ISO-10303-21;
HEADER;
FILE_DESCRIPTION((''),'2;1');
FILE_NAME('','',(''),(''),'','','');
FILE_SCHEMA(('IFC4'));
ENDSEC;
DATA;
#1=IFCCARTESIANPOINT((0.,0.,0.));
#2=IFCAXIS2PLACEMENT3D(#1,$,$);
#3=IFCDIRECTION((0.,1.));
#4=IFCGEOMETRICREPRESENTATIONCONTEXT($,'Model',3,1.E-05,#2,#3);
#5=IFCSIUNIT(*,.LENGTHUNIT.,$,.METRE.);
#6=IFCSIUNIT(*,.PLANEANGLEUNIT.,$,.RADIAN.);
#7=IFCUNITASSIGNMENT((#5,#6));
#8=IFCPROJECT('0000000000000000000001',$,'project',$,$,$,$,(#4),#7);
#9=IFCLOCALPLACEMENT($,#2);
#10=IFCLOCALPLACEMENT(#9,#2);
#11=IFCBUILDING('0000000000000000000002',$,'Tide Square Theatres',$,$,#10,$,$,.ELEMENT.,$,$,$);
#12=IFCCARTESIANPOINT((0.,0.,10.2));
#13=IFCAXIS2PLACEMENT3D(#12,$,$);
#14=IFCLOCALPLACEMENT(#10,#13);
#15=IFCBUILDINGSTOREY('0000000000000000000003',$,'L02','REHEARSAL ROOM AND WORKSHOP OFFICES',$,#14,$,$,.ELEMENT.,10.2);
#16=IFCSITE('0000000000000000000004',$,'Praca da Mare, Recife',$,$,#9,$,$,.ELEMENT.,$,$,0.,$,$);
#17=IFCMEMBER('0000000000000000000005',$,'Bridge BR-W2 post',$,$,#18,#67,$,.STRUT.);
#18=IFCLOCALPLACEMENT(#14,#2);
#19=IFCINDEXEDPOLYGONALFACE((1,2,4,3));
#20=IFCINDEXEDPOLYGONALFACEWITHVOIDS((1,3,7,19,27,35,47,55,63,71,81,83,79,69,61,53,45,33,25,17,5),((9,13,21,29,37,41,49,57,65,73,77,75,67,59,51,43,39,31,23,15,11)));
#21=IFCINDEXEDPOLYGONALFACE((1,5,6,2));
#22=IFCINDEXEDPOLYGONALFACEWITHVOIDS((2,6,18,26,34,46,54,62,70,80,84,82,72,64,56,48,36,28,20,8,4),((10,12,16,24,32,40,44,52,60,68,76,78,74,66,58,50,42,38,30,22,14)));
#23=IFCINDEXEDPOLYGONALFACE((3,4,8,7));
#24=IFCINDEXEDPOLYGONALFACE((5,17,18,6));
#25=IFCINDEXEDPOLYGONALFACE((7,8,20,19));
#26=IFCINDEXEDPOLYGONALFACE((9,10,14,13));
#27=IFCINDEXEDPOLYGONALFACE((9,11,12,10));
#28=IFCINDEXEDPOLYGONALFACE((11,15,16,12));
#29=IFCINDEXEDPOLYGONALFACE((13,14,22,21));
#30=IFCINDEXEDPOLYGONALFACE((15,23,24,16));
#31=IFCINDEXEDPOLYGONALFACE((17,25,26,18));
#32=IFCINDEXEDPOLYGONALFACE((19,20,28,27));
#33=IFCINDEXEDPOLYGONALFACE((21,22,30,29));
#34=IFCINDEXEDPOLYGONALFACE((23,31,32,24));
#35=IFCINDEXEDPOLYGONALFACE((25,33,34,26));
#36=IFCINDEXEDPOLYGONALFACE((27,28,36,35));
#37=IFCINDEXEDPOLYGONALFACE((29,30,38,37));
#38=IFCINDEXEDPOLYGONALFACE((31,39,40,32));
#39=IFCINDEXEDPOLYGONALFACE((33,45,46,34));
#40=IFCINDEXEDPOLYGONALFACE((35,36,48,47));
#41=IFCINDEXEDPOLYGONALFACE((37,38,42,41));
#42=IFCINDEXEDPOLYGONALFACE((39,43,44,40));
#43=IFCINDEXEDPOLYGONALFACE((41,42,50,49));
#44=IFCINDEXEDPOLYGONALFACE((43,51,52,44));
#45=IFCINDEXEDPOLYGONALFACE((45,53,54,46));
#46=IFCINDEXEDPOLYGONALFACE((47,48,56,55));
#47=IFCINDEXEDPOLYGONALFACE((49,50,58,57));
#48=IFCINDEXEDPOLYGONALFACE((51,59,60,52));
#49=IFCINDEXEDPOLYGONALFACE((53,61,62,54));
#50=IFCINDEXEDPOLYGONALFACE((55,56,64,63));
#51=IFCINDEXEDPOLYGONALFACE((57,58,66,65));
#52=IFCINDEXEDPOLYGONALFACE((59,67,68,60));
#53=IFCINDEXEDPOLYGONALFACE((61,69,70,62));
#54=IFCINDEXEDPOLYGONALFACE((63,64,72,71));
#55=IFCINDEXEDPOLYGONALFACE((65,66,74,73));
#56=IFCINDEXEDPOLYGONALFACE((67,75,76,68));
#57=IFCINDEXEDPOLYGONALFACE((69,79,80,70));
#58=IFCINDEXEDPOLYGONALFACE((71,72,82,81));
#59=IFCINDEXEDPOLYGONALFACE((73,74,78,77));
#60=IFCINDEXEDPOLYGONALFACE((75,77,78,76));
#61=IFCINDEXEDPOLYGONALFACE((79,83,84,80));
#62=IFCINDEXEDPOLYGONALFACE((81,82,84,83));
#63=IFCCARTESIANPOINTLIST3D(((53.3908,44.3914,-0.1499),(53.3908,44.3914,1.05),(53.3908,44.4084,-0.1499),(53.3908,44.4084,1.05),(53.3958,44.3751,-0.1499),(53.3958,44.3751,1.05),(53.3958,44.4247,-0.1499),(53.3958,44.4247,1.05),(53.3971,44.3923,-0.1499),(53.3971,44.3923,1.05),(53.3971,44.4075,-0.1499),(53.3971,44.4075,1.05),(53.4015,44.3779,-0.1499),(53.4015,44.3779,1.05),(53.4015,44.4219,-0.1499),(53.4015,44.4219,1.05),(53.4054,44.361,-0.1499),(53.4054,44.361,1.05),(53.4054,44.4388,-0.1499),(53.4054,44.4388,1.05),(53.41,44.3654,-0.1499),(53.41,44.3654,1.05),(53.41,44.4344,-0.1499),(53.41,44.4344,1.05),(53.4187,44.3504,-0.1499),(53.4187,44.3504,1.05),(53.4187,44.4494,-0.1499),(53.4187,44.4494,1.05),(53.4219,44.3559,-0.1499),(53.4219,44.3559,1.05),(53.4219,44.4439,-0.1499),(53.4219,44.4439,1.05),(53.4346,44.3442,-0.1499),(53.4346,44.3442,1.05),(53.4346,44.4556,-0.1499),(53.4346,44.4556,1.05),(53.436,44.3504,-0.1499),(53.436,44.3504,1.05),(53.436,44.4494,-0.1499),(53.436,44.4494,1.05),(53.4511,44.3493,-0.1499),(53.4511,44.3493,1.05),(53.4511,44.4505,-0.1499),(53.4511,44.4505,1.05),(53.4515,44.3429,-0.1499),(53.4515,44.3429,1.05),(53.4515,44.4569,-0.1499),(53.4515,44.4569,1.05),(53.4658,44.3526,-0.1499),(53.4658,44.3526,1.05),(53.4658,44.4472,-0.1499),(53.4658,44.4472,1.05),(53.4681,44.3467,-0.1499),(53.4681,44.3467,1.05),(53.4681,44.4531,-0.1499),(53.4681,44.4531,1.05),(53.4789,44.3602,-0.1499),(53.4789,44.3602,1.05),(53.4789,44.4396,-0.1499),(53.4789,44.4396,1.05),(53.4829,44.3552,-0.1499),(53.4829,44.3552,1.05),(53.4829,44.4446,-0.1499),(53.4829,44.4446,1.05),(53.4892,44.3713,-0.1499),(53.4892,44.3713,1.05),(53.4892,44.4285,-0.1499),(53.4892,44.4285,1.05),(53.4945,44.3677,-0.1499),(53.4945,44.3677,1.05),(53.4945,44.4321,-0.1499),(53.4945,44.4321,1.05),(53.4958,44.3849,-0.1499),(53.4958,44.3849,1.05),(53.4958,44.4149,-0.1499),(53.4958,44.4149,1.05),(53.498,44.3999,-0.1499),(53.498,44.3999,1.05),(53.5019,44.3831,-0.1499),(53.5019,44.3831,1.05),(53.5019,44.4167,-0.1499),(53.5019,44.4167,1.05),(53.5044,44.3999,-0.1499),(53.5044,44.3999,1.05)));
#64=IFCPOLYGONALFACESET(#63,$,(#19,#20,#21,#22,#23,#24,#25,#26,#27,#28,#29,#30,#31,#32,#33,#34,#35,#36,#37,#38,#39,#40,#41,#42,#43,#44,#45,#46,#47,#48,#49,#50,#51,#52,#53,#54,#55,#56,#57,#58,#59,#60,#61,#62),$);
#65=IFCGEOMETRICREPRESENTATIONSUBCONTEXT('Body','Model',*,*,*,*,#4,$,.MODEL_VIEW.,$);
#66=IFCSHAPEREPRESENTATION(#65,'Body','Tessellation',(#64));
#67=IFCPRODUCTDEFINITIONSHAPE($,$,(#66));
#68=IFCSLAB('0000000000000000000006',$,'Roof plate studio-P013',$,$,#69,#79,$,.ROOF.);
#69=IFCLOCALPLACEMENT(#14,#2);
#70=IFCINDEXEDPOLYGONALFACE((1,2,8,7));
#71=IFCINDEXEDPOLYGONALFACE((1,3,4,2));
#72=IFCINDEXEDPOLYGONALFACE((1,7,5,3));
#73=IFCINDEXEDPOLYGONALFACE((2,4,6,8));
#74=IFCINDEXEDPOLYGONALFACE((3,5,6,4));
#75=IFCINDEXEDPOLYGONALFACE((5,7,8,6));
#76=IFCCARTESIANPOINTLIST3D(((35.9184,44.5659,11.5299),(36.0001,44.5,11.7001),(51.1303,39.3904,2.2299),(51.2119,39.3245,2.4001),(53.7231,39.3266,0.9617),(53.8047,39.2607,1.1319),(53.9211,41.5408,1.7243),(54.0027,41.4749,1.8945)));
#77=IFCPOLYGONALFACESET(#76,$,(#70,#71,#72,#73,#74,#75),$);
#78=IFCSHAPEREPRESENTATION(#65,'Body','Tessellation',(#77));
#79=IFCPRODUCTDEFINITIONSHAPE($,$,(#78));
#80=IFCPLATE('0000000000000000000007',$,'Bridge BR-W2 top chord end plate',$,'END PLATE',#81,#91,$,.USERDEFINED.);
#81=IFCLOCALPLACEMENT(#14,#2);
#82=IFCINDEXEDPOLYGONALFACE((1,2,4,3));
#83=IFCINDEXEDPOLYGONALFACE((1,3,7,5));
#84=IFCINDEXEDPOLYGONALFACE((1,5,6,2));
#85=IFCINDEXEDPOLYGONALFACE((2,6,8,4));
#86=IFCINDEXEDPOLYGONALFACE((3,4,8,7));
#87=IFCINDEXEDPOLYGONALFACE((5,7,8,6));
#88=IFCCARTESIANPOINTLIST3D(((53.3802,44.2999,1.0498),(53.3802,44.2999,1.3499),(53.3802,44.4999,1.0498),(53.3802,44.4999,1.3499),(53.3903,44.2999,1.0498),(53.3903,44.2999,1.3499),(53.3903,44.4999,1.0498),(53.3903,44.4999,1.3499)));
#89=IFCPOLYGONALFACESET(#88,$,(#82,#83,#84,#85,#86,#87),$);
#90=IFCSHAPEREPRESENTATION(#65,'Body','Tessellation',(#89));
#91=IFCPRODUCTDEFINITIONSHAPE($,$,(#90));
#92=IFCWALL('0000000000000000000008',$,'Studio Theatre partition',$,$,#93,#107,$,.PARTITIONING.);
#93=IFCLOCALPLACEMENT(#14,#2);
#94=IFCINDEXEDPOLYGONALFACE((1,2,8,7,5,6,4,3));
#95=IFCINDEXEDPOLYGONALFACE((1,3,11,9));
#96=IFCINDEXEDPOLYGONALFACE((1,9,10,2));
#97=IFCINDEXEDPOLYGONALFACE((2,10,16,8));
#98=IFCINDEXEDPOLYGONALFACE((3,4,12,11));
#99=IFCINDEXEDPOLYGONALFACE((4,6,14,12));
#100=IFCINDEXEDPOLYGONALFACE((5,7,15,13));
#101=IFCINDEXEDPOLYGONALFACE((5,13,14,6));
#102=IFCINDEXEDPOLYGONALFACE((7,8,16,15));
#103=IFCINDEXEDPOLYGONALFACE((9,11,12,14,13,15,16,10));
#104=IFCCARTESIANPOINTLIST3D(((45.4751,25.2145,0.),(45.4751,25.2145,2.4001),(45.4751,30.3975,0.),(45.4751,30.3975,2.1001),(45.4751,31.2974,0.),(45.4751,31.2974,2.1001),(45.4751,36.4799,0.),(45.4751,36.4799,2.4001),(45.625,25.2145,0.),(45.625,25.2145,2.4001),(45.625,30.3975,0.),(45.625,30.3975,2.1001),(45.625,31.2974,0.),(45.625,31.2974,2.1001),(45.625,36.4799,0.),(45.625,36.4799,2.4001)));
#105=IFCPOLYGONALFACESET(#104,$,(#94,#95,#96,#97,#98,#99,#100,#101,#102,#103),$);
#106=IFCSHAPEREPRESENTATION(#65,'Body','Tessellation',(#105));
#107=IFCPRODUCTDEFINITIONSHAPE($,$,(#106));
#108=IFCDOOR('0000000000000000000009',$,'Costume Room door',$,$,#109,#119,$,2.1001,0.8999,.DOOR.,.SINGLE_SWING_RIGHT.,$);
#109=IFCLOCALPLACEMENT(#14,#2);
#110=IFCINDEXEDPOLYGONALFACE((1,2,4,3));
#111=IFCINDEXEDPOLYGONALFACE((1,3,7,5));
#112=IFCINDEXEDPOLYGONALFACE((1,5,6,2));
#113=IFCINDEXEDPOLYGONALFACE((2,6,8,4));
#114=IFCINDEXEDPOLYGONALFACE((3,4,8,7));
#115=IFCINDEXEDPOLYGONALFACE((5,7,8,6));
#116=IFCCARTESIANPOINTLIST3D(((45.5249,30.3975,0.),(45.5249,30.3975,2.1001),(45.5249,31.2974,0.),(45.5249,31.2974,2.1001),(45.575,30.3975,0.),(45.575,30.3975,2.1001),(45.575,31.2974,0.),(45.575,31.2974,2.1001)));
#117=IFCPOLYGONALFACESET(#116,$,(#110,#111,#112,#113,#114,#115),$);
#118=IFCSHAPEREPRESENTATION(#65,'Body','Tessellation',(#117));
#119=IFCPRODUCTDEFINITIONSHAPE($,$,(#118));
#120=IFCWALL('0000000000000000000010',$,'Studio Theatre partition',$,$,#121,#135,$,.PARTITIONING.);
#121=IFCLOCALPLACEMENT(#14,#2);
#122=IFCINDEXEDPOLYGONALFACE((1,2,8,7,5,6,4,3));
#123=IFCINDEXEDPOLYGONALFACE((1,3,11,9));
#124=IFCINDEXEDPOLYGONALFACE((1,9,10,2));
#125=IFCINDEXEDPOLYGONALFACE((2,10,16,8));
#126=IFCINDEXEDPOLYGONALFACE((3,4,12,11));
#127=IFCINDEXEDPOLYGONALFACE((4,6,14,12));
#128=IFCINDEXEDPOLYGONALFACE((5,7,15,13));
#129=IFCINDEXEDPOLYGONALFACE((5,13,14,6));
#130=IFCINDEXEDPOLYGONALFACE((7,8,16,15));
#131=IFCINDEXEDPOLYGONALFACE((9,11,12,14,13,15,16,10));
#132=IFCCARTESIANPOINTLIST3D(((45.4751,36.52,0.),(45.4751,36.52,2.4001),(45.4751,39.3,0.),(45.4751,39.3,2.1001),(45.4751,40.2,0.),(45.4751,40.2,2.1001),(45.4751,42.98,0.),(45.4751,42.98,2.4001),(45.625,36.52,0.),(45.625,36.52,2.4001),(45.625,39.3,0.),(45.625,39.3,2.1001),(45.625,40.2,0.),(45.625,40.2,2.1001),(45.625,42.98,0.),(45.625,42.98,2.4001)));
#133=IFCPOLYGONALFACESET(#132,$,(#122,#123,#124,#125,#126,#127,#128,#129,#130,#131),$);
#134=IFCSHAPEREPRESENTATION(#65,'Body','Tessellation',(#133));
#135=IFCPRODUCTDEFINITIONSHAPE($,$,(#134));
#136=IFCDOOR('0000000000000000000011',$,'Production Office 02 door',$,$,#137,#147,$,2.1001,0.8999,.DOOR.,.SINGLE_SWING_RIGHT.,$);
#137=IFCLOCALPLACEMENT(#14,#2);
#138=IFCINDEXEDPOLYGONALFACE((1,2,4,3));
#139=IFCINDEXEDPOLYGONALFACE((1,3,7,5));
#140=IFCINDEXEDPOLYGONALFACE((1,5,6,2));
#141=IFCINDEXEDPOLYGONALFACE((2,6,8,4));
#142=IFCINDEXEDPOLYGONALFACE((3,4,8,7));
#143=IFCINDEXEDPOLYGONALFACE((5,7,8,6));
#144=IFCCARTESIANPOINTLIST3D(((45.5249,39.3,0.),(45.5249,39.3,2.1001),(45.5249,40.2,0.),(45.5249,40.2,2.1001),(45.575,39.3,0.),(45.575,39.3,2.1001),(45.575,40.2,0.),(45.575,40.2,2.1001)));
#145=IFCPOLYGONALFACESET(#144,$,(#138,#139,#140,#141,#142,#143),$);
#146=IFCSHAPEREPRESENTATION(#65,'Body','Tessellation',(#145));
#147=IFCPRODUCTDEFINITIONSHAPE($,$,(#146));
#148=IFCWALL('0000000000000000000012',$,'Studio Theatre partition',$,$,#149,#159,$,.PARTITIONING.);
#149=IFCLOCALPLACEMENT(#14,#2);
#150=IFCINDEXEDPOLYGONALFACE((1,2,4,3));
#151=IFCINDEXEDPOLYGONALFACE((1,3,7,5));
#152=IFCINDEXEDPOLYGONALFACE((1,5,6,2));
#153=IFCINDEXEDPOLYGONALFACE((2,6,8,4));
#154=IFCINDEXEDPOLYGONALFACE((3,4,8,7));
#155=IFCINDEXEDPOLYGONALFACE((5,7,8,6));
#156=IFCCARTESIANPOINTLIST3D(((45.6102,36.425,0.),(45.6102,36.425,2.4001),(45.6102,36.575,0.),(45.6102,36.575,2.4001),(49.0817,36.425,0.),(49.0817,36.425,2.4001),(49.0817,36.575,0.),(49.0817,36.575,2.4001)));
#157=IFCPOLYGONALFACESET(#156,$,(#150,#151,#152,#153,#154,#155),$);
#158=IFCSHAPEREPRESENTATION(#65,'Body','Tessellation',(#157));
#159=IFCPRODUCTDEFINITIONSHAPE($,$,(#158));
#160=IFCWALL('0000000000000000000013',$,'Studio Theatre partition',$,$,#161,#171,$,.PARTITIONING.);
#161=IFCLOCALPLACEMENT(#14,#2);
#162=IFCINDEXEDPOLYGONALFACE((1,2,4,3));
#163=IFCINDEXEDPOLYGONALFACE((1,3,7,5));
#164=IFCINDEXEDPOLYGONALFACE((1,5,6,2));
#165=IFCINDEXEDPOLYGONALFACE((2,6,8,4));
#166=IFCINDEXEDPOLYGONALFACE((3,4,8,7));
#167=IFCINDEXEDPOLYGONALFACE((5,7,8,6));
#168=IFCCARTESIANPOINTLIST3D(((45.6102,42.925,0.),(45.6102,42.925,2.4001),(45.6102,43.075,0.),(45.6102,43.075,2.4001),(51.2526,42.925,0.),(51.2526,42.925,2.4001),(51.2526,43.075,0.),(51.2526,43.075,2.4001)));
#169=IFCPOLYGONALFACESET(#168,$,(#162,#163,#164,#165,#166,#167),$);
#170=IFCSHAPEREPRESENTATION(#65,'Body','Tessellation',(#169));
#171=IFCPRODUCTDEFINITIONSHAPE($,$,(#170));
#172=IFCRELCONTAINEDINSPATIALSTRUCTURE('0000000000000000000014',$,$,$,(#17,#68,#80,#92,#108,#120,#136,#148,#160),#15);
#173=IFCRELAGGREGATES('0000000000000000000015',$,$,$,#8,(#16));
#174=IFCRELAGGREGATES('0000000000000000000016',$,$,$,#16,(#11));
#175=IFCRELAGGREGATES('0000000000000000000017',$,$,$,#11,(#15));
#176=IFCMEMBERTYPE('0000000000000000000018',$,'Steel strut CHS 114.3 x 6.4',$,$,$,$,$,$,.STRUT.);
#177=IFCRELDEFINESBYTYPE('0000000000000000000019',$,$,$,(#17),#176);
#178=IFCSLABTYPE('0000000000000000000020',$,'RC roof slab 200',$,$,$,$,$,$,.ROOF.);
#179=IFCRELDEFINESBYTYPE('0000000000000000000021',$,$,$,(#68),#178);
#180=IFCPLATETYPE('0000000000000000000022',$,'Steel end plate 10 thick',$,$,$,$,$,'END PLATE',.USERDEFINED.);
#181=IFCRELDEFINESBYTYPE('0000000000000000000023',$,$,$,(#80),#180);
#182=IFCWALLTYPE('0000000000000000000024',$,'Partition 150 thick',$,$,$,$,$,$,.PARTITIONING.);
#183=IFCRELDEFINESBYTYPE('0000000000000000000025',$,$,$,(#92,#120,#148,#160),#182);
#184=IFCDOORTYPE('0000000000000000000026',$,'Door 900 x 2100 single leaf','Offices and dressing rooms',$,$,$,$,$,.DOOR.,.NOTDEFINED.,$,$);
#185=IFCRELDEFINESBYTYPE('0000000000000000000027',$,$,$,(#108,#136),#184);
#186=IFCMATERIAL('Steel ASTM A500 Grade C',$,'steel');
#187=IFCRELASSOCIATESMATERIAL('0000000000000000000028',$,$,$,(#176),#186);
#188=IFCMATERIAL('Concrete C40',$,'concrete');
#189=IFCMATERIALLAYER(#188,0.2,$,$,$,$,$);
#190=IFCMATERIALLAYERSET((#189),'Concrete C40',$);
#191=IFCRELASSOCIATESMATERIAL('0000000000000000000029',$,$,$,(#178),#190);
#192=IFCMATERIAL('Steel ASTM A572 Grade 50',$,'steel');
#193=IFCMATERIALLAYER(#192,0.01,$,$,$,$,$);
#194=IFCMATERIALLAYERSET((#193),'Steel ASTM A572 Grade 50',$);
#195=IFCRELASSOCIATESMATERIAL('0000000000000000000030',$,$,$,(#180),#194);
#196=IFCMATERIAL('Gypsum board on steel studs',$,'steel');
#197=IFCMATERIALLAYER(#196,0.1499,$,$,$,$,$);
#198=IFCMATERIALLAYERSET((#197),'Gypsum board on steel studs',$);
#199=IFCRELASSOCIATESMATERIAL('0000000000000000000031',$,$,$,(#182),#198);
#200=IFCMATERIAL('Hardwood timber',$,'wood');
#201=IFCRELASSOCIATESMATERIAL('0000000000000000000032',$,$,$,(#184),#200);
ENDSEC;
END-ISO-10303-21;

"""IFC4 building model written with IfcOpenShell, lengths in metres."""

from ifc_helpers import new_model, si_unit, direction, frame, frame_2d, origin, origin_2d, place, context, subcontext, project, spatial, polyline, rectangle, hollow_circle, outline, extrude, material, layer, layer_set, material_profile, profile_set, type_object, element, fill, save


model = new_model("IFC4")

# Units and contexts
model_context = context("Model", 3, precision=1e-05, world=origin(), true_north=direction((0.0, 1.0)))
body_context = subcontext(model_context, "Body", "Model", "MODEL_VIEW")
ifc_project = project(units=[si_unit("LENGTHUNIT", "METRE"), si_unit("PLANEANGLEUNIT", "RADIAN")], contexts=[model_context])

# Site, building, storey
site_placement = place(None, origin())
site = spatial("IfcSite", under=ifc_project, at=site_placement, Name="Praca da Mare, Recife", CompositionType="ELEMENT", RefElevation=0.0)
building_placement = place(site_placement, origin())
building = spatial("IfcBuilding", under=site, at=building_placement, Name="Tide Square Theatres", CompositionType="ELEMENT")
storey_placement = place(building_placement, frame((0.0, 0.0, 10.2)))
storey = spatial("IfcBuildingStorey", under=building, at=storey_placement, Name="L02", Description="REHEARSAL ROOM AND WORKSHOP OFFICES", CompositionType="ELEMENT", Elevation=10.2)

# Member
ifc_material_1 = material(Name="Steel ASTM A500 Grade C", Category="steel")
ifc_material_profile_1 = material_profile(ifc_material_1, hollow_circle(Radius=0.0571, WallThickness=0.0063, at=origin_2d()))
ifc_profile_set_1 = profile_set([ifc_material_profile_1], Name="Steel ASTM A500 Grade C")
member_type_1 = type_object("IfcMemberType", Name="Steel strut CHS 114.3 x 6.4", PredefinedType="STRUT", material=ifc_profile_set_1)
member_1_placement = place(storey_placement, frame((53.4473, 44.3999, -0.1499), z_axis=(0.0, 0.0, 1.0), x_axis=(1.0, 0.0, 0.0)))
element("IfcMember", 1, at=member_1_placement, inside=storey, type_object=member_type_1, Name="Bridge BR-W2 post", PredefinedType="STRUT", context=body_context, shape_type="SweptSolid", body=[
    extrude(hollow_circle(Radius=0.0571, WallThickness=0.0063, at=origin_2d()), origin(), (0.0, 0.0, 1.0), 1.2),
])

# Slab
ifc_material_2 = material(Name="Concrete C40", Category="concrete")
ifc_layer_1 = layer(ifc_material_2, 0.2)
ifc_layer_set_1 = layer_set([ifc_layer_1], Name="Concrete C40")
slab_type = type_object("IfcSlabType", Name="RC roof slab 200", PredefinedType="ROOF", material=ifc_layer_set_1)
slab_placement = place(storey_placement, frame((54.0027, 41.4749, 1.8945), z_axis=(0.408257, -0.329681, 0.851256), x_axis=(-0.868776, 0.145986, 0.473198)))
element("IfcSlab", 2, at=slab_placement, inside=storey, type_object=slab_type, Name="Roof plate studio-P013", PredefinedType="ROOF", context=body_context, shape_type="SweptSolid", body=[
    extrude(outline(polyline([(0.0, 0.0), (20.7218, 0.0), (2.3499, 2.6733), (-0.5121, 2.2937), (0.0, 0.0)])), origin(), (0.0, 0.0, -1.0), 0.2),
])

# Plate
ifc_material_3 = material(Name="Steel ASTM A572 Grade 50", Category="steel")
ifc_layer_2 = layer(ifc_material_3, 0.01)
ifc_layer_set_2 = layer_set([ifc_layer_2], Name="Steel ASTM A572 Grade 50")
plate_type = type_object("IfcPlateType", Name="Steel end plate 10 thick", ElementType="END PLATE", PredefinedType="USERDEFINED", material=ifc_layer_set_2)
plate_placement = place(storey_placement, frame((53.3853, 44.3999, 1.0498), z_axis=(0.0, 0.0, 1.0), x_axis=(-1.0, 0.0, 0.0)))
element("IfcPlate", 3, at=plate_placement, inside=storey, type_object=plate_type, Name="Bridge BR-W2 top chord end plate", ObjectType="END PLATE", PredefinedType="USERDEFINED", context=body_context, shape_type="SweptSolid", body=[
    extrude(rectangle(XDim=0.01, YDim=0.2, at=origin_2d()), origin(), (0.0, 0.0, 1.0), 0.3),
])

# Walls, openings, doors
ifc_material_4 = material(Name="Gypsum board on steel studs", Category="steel")
ifc_layer_3 = layer(ifc_material_4, 0.1499)
ifc_layer_set_3 = layer_set([ifc_layer_3], Name="Gypsum board on steel studs")
wall_type_1 = type_object("IfcWallType", Name="Partition 150 thick", PredefinedType="PARTITIONING", material=ifc_layer_set_3)
wall_1_placement = place(storey_placement, frame((45.55, 36.48, 0.0), z_axis=(0.0, 0.0, 1.0), x_axis=(0.0, -1.0, 0.0)))
wall_1 = element("IfcWall", 4, at=wall_1_placement, inside=storey, type_object=wall_type_1, Name="Studio Theatre partition", PredefinedType="PARTITIONING", context=body_context, shape_type="SweptSolid", body=[
    extrude(rectangle(XDim=11.2654, YDim=0.1499, at=frame_2d((5.6328, 0.0))), origin(), (0.0, 0.0, 1.0), 2.4001),
])
opening_1_placement = place(wall_1_placement, frame((5.1826, 0.0, 0.0)))
opening_1 = element("IfcOpeningElement", 5, at=opening_1_placement, cuts=wall_1, PredefinedType="OPENING", context=body_context, shape_type="SweptSolid", body=[
    extrude(rectangle(XDim=0.8999, YDim=2.1001, at=frame_2d((0.45, 1.05))), frame((0.0, 0.085, 0.0), z_axis=(0.0, -1.0, 0.0), x_axis=(1.0, 0.0, 0.0)), (0.0, 0.0, 1.0), 0.1699),
])
ifc_material_5 = material(Name="Hardwood timber", Category="wood")
door_type_1 = type_object("IfcDoorType", Name="Door 900 x 2100 single leaf", Description="Offices and dressing rooms", OperationType="NOTDEFINED", PredefinedType="DOOR", material=ifc_material_5)
door_1_placement = place(opening_1_placement, origin())
door_1 = element("IfcDoor", 6, at=door_1_placement, inside=storey, type_object=door_type_1, Name="Costume Room door", OperationType="SINGLE_SWING_RIGHT", OverallHeight=2.1001, OverallWidth=0.8999, PredefinedType="DOOR", context=body_context, shape_type="SweptSolid", body=[
    extrude(rectangle(XDim=0.8999, YDim=2.1001, at=frame_2d((0.45, 1.05))), frame((0.0, 0.0249, 0.0), z_axis=(0.0, -1.0, 0.0), x_axis=(1.0, 0.0, 0.0)), (0.0, 0.0, 1.0), 0.05),
])
fill(opening_1, door_1)
wall_2_placement = place(storey_placement, frame((45.55, 42.98, 0.0), z_axis=(0.0, 0.0, 1.0), x_axis=(0.0, -1.0, 0.0)))
wall_2 = element("IfcWall", 7, at=wall_2_placement, inside=storey, type_object=wall_type_1, Name="Studio Theatre partition", PredefinedType="PARTITIONING", context=body_context, shape_type="SweptSolid", body=[
    extrude(rectangle(XDim=6.46, YDim=0.1499, at=frame_2d((3.23, 0.0))), origin(), (0.0, 0.0, 1.0), 2.4001),
])
opening_2_placement = place(wall_2_placement, frame((2.78, 0.0, 0.0)))
opening_2 = element("IfcOpeningElement", 8, at=opening_2_placement, cuts=wall_2, PredefinedType="OPENING", context=body_context, shape_type="SweptSolid", body=[
    extrude(rectangle(XDim=0.8999, YDim=2.1001, at=frame_2d((0.45, 1.05))), frame((0.0, 0.085, 0.0), z_axis=(0.0, -1.0, 0.0), x_axis=(1.0, 0.0, 0.0)), (0.0, 0.0, 1.0), 0.1699),
])
door_2_placement = place(opening_2_placement, origin())
door_2 = element("IfcDoor", 9, at=door_2_placement, inside=storey, type_object=door_type_1, Name="Production Office 02 door", OperationType="SINGLE_SWING_RIGHT", OverallHeight=2.1001, OverallWidth=0.8999, PredefinedType="DOOR", context=body_context, shape_type="SweptSolid", body=[
    extrude(rectangle(XDim=0.8999, YDim=2.1001, at=frame_2d((0.45, 1.05))), frame((0.0, 0.0249, 0.0), z_axis=(0.0, -1.0, 0.0), x_axis=(1.0, 0.0, 0.0)), (0.0, 0.0, 1.0), 0.05),
])
fill(opening_2, door_2)

# Walls
wall_3_placement = place(storey_placement, frame((45.6101, 36.5, 0.0), z_axis=(0.0, 0.0, 1.0), x_axis=(1.0, 0.0, 0.0)))
element("IfcWall", 10, at=wall_3_placement, inside=storey, type_object=wall_type_1, Name="Studio Theatre partition", PredefinedType="PARTITIONING", context=body_context, shape_type="SweptSolid", body=[
    extrude(rectangle(XDim=3.4714, YDim=0.1499, at=frame_2d((1.7358, 0.0))), origin(), (0.0, 0.0, 1.0), 2.4001),
])
wall_4_placement = place(storey_placement, frame((45.6101, 43.0, 0.0), z_axis=(0.0, 0.0, 1.0), x_axis=(1.0, 0.0, 0.0)))
element("IfcWall", 11, at=wall_4_placement, inside=storey, type_object=wall_type_1, Name="Studio Theatre partition", PredefinedType="PARTITIONING", context=body_context, shape_type="SweptSolid", body=[
    extrude(rectangle(XDim=5.6423, YDim=0.1499, at=frame_2d((2.8213, 0.0))), origin(), (0.0, 0.0, 1.0), 2.4001),
])

save(model, "model.ifc")
